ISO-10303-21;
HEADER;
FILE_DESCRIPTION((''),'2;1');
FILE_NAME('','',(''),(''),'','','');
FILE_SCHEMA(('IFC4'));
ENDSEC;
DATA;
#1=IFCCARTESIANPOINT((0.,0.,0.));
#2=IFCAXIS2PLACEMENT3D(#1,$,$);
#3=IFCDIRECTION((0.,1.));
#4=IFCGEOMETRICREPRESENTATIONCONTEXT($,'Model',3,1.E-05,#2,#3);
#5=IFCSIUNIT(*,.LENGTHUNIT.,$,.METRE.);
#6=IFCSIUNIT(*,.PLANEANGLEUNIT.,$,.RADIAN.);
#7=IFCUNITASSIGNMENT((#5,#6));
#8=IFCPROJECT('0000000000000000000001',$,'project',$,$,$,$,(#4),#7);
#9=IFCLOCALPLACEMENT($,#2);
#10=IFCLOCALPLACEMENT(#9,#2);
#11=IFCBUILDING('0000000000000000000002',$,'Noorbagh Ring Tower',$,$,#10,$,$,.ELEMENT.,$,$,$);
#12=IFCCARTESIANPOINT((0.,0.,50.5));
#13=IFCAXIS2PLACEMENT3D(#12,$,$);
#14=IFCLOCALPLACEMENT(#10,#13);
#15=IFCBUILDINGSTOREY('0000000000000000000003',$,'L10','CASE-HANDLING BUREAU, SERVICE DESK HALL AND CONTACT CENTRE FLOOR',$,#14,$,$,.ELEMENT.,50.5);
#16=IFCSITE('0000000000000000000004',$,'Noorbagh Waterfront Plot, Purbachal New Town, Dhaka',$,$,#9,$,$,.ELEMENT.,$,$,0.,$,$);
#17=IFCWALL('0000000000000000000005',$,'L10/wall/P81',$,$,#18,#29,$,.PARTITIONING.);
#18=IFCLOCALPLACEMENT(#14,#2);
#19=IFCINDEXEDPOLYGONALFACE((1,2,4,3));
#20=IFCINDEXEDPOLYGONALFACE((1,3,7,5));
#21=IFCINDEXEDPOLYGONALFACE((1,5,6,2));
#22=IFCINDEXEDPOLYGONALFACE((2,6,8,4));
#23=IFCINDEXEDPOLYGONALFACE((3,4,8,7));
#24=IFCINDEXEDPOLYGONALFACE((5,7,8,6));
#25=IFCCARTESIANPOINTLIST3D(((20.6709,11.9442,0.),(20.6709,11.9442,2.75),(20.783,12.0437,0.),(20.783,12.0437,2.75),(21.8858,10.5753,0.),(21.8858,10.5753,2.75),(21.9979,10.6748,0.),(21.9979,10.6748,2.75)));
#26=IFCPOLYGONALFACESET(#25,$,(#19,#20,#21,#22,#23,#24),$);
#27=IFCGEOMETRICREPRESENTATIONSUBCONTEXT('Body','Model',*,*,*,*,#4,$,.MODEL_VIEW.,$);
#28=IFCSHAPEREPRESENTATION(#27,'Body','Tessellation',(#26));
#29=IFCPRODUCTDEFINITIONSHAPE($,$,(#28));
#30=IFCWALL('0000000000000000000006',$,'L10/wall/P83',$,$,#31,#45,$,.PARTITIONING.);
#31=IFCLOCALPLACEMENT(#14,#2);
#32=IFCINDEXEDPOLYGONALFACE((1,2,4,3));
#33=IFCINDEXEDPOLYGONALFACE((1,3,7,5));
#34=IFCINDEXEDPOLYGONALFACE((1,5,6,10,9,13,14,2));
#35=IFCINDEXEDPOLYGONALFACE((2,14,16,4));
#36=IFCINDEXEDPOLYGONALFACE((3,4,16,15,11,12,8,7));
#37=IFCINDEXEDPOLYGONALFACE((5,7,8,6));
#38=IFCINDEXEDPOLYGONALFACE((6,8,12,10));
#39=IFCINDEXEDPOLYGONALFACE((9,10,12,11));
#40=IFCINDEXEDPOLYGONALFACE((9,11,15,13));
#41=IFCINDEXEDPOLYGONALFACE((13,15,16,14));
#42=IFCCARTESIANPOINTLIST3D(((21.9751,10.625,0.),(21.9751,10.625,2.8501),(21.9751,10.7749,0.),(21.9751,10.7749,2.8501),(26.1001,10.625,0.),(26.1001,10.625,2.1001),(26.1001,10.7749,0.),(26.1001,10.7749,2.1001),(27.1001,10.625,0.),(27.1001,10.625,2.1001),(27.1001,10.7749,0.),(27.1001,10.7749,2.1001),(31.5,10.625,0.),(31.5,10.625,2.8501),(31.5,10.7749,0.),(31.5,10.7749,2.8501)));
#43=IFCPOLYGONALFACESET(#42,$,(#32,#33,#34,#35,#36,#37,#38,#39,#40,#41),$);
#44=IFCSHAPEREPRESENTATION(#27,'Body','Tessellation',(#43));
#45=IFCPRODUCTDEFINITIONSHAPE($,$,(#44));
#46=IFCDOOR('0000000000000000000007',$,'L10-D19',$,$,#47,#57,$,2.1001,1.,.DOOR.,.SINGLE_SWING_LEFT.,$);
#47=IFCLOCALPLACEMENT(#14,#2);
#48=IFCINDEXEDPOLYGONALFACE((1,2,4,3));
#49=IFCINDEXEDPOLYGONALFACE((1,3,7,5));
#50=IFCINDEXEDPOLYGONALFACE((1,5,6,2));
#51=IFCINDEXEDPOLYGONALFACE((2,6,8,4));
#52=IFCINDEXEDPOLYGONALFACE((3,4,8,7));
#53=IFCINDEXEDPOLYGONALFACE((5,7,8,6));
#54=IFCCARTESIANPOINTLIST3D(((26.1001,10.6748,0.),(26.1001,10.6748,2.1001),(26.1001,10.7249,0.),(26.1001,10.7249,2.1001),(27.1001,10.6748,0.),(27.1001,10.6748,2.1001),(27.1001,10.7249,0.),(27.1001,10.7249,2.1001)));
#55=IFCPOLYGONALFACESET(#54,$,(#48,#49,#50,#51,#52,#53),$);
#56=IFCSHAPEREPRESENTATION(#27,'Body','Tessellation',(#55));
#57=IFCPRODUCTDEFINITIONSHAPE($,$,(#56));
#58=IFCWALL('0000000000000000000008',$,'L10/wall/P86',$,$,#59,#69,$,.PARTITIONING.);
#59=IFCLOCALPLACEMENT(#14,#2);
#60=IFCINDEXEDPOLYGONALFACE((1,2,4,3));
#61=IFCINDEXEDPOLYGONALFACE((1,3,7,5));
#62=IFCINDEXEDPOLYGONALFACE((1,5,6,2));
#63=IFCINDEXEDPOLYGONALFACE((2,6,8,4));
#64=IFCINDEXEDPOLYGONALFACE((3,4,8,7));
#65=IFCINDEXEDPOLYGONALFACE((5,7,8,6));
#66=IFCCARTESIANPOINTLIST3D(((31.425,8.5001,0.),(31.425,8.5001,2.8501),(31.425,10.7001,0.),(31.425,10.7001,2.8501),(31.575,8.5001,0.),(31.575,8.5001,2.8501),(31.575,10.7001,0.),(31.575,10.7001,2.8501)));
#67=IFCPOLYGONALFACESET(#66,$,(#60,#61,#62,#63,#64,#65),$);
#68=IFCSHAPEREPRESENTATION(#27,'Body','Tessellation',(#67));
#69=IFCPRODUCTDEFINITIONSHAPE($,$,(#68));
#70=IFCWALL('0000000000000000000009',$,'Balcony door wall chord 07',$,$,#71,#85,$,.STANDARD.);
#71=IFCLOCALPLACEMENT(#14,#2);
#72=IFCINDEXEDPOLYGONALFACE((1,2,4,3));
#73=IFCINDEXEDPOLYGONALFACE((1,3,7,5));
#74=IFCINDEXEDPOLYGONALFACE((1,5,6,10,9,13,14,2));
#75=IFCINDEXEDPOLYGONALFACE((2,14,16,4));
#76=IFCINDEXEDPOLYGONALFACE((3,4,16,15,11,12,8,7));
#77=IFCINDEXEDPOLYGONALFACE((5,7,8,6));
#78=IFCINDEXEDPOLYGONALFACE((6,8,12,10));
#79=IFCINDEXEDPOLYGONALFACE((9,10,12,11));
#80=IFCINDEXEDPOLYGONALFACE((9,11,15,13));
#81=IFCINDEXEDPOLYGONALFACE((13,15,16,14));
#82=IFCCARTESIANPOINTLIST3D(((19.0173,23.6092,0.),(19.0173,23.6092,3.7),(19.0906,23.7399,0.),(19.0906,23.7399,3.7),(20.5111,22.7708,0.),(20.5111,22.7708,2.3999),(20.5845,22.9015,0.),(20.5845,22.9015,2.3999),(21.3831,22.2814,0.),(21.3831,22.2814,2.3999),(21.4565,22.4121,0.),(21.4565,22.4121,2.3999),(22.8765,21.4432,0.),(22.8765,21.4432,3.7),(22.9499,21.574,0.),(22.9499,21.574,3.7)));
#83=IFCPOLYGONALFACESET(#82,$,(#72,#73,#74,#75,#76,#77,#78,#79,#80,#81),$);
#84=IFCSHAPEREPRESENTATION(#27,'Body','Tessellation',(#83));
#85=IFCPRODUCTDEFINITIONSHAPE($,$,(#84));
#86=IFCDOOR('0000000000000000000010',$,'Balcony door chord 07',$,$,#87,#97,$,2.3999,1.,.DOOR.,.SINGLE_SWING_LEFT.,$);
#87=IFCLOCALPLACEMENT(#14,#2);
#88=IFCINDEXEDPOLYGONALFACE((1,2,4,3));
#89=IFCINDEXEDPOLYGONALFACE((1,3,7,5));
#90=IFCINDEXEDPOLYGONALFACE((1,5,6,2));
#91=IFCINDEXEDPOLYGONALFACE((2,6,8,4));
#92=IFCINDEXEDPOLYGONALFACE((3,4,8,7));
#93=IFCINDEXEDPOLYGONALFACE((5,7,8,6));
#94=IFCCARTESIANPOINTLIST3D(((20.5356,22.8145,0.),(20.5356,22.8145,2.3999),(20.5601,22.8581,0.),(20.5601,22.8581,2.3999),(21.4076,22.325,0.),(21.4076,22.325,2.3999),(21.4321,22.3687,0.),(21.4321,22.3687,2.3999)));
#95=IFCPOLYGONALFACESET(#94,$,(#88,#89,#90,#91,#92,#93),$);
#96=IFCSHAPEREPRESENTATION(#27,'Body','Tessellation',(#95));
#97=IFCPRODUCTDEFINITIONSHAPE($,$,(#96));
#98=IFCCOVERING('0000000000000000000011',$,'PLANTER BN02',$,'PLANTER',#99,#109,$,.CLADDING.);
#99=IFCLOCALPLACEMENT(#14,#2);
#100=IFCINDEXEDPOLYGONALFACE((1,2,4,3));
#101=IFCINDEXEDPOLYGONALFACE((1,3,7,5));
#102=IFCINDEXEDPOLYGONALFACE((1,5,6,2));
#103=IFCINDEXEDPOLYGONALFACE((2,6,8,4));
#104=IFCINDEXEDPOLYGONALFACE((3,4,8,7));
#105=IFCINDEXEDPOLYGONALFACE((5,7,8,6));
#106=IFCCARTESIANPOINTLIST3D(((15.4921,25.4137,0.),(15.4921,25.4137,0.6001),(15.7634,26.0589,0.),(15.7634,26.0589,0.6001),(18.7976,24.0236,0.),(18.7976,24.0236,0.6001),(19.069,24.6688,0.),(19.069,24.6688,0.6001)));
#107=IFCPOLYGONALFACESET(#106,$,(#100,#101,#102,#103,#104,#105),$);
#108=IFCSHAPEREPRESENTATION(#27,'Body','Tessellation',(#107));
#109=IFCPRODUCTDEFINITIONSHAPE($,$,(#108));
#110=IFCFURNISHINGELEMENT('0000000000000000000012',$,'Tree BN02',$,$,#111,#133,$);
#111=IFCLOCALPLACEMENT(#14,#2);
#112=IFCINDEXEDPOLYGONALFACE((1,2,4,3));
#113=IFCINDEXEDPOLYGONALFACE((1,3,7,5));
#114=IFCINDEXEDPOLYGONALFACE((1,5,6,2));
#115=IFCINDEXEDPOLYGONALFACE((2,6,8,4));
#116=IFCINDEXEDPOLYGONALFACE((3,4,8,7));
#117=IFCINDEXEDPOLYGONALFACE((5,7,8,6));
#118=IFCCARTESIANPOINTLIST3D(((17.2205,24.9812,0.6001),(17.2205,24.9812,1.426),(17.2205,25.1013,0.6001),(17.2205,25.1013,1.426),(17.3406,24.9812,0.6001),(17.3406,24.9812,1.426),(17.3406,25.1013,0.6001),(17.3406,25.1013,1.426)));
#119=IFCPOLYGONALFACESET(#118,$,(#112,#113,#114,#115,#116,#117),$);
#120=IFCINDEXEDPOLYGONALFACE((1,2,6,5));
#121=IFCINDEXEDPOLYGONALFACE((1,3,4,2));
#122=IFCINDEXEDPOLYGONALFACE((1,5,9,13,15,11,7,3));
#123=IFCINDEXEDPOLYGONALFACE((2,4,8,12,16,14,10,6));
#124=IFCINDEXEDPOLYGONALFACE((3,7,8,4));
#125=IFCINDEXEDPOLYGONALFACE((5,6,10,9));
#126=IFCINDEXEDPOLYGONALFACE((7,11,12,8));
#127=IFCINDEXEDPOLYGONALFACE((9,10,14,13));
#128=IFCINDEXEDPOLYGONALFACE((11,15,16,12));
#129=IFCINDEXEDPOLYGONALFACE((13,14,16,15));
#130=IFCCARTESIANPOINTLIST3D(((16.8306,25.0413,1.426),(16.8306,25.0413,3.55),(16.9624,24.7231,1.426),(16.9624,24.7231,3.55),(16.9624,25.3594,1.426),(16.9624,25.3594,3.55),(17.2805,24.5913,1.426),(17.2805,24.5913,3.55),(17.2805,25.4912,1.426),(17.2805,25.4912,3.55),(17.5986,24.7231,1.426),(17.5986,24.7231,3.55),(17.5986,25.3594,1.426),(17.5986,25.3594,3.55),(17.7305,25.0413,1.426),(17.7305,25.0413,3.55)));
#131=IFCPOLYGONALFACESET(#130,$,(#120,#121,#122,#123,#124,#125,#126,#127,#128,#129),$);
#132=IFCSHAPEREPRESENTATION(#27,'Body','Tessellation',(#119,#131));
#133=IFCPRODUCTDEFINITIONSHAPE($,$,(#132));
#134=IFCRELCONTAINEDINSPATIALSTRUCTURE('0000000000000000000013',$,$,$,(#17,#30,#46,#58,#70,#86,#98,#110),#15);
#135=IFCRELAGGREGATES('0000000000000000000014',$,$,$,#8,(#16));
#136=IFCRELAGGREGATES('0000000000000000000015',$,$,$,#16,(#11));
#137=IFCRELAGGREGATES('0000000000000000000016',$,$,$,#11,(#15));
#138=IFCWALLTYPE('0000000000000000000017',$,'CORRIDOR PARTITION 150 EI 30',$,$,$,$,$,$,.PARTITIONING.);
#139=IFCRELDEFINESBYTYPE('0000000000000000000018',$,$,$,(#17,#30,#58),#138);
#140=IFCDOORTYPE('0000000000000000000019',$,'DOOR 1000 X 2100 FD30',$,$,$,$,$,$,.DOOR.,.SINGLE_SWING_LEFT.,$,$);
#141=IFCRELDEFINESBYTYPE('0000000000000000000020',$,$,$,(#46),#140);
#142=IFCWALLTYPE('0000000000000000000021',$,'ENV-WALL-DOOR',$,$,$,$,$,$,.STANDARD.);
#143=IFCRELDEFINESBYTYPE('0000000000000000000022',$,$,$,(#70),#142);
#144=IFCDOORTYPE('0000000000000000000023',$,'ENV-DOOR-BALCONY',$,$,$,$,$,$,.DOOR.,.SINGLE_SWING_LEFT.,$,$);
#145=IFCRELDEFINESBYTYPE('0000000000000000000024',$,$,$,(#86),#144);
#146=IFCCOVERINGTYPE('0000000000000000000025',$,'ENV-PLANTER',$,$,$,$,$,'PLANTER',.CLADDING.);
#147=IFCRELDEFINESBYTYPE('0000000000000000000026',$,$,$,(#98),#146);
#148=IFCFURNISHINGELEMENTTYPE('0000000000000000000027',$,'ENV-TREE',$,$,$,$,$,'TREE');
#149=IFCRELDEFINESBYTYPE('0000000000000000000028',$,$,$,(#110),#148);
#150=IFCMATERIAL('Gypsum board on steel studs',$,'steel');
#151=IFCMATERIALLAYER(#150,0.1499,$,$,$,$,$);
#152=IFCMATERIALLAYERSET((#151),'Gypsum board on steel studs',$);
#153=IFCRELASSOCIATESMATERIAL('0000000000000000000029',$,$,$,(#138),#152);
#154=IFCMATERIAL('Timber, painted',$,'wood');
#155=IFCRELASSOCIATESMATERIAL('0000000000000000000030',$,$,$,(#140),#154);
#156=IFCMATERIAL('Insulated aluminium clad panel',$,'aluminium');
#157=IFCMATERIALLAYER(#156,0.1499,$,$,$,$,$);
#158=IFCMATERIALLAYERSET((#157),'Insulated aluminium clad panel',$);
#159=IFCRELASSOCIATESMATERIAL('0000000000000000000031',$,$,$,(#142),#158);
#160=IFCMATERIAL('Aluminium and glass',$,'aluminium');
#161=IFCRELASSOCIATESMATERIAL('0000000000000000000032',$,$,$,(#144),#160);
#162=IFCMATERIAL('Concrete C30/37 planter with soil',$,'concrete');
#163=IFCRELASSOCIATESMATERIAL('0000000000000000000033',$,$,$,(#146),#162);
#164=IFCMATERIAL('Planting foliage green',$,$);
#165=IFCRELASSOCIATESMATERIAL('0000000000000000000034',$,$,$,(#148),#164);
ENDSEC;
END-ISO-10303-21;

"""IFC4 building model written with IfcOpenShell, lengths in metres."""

from ifc_helpers import new_model, si_unit, direction, frame, frame_2d, origin, origin_2d, place, context, subcontext, project, spatial, polyline, rectangle, outline, extrude, material, layer, layer_set, type_object, element, fill, save


model = new_model("IFC4")

# Units and contexts
model_context = context("Model", 3, precision=1e-05, world=origin(), true_north=direction((0.0, 1.0)))
body_context = subcontext(model_context, "Body", "Model", "MODEL_VIEW")
ifc_project = project(units=[si_unit("LENGTHUNIT", "METRE"), si_unit("PLANEANGLEUNIT", "RADIAN")], contexts=[model_context])

# Site, building, storey
site_placement = place(None, origin())
site = spatial("IfcSite", under=ifc_project, at=site_placement, Name="Noorbagh Waterfront Plot, Purbachal New Town, Dhaka", CompositionType="ELEMENT", RefElevation=0.0)
building_placement = place(site_placement, origin())
building = spatial("IfcBuilding", under=site, at=building_placement, Name="Noorbagh Ring Tower", CompositionType="ELEMENT")
storey_placement = place(building_placement, frame((0.0, 0.0, 50.5)))
storey = spatial("IfcBuildingStorey", under=building, at=storey_placement, Name="L10", Description="CASE-HANDLING BUREAU, SERVICE DESK HALL AND CONTACT CENTRE FLOOR", CompositionType="ELEMENT", Elevation=50.5)

# Wall
ifc_material_1 = material(Name="Gypsum board on steel studs", Category="steel")
ifc_layer_1 = layer(ifc_material_1, 0.1499)
ifc_layer_set_1 = layer_set([ifc_layer_1], Name="Gypsum board on steel studs")
wall_type_1 = type_object("IfcWallType", Name="CORRIDOR PARTITION 150 EI 30", PredefinedType="PARTITIONING", material=ifc_layer_set_1)
wall_1_placement = place(storey_placement, frame((20.7271, 11.9939, 0.0), z_axis=(0.0, 0.0, 1.0), x_axis=(0.663767, -0.747939, 0.0)))
element("IfcWall", 1, at=wall_1_placement, inside=storey, type_object=wall_type_1, Name="L10/wall/P81", PredefinedType="PARTITIONING", context=body_context, shape_type="SweptSolid", body=[
    extrude(rectangle(XDim=1.8303, YDim=0.1499, at=frame_2d((0.915, 0.0))), origin(), (0.0, 0.0, 1.0), 2.75),
])

# Wall, opening, door
wall_2_placement = place(storey_placement, frame((21.9751, 10.7, 0.0), z_axis=(0.0, 0.0, 1.0), x_axis=(1.0, 0.0, 0.0)))
wall_2 = element("IfcWall", 2, at=wall_2_placement, inside=storey, type_object=wall_type_1, Name="L10/wall/P83", PredefinedType="PARTITIONING", context=body_context, shape_type="SweptSolid", body=[
    extrude(rectangle(XDim=9.5249, YDim=0.1499, at=frame_2d((4.7625, 0.0))), origin(), (0.0, 0.0, 1.0), 2.8501),
])
opening_1_placement = place(wall_2_placement, frame((4.125, 0.0, 0.0)))
opening_1 = element("IfcOpeningElement", 3, at=opening_1_placement, cuts=wall_2, PredefinedType="OPENING", context=body_context, shape_type="SweptSolid", body=[
    extrude(rectangle(XDim=1.0, YDim=2.1001, at=frame_2d((0.5, 1.05))), frame((0.0, 0.085, 0.0), z_axis=(0.0, -1.0, 0.0), x_axis=(1.0, 0.0, 0.0)), (0.0, 0.0, 1.0), 0.1699),
])
ifc_material_2 = material(Name="Timber, painted", Category="wood")
door_type_1 = type_object("IfcDoorType", Name="DOOR 1000 X 2100 FD30", OperationType="SINGLE_SWING_LEFT", PredefinedType="DOOR", material=ifc_material_2)
door_1_placement = place(opening_1_placement, origin())
door_1 = element("IfcDoor", 4, at=door_1_placement, inside=storey, type_object=door_type_1, Name="L10-D19", OperationType="SINGLE_SWING_LEFT", OverallHeight=2.1001, OverallWidth=1.0, PredefinedType="DOOR", context=body_context, shape_type="SweptSolid", body=[
    extrude(rectangle(XDim=1.0, YDim=2.1001, at=frame_2d((0.5, 1.05))), frame((0.0, 0.0249, 0.0), z_axis=(0.0, -1.0, 0.0), x_axis=(1.0, 0.0, 0.0)), (0.0, 0.0, 1.0), 0.05),
])
fill(opening_1, door_1)

# Wall
wall_3_placement = place(storey_placement, frame((31.5, 8.5, 0.0), z_axis=(0.0, 0.0, 1.0), x_axis=(0.0, 1.0, 0.0)))
element("IfcWall", 5, at=wall_3_placement, inside=storey, type_object=wall_type_1, Name="L10/wall/P86", PredefinedType="PARTITIONING", context=body_context, shape_type="SweptSolid", body=[
    extrude(rectangle(XDim=2.2, YDim=0.1499, at=frame_2d((1.1001, 0.0))), origin(), (0.0, 0.0, 1.0), 2.8501),
])

# Wall, opening, door
ifc_material_3 = material(Name="Insulated aluminium clad panel", Category="aluminium")
ifc_layer_2 = layer(ifc_material_3, 0.1499)
ifc_layer_set_2 = layer_set([ifc_layer_2], Name="Insulated aluminium clad panel")
wall_type_2 = type_object("IfcWallType", Name="ENV-WALL-DOOR", PredefinedType="STANDARD", material=ifc_layer_set_2)
wall_4_placement = place(storey_placement, frame((22.9133, 21.5085, 0.0), z_axis=(0.0, 0.0, 1.0), x_axis=(-0.872047, 0.489423, 0.0)))
wall_4 = element("IfcWall", 6, at=wall_4_placement, inside=storey, type_object=wall_type_2, Name="Balcony door wall chord 07", PredefinedType="STANDARD", context=body_context, shape_type="SweptSolid", body=[
    extrude(rectangle(XDim=4.4255, YDim=0.1499, at=frame_2d((2.2129, 0.0))), origin(), (0.0, 0.0, 1.0), 3.7),
])
opening_2_placement = place(wall_4_placement, frame((1.7126, 0.0, 0.0)))
opening_2 = element("IfcOpeningElement", 7, at=opening_2_placement, cuts=wall_4, PredefinedType="OPENING", context=body_context, shape_type="SweptSolid", body=[
    extrude(rectangle(XDim=1.0, YDim=2.3999, at=frame_2d((0.5, 1.2))), frame((0.0, 0.085, 0.0), z_axis=(0.0, -1.0, 0.0), x_axis=(1.0, 0.0, 0.0)), (0.0, 0.0, 1.0), 0.1699),
])
ifc_material_4 = material(Name="Aluminium and glass", Category="aluminium")
door_type_2 = type_object("IfcDoorType", Name="ENV-DOOR-BALCONY", OperationType="SINGLE_SWING_LEFT", PredefinedType="DOOR", material=ifc_material_4)
door_2_placement = place(opening_2_placement, origin())
door_2 = element("IfcDoor", 8, at=door_2_placement, inside=storey, type_object=door_type_2, Name="Balcony door chord 07", OperationType="SINGLE_SWING_LEFT", OverallHeight=2.3999, OverallWidth=1.0, PredefinedType="DOOR", context=body_context, shape_type="SweptSolid", body=[
    extrude(rectangle(XDim=1.0, YDim=2.3999, at=frame_2d((0.5, 1.2))), frame((0.0, 0.0249, 0.0), z_axis=(0.0, -1.0, 0.0), x_axis=(1.0, 0.0, 0.0)), (0.0, 0.0, 1.0), 0.05),
])
fill(opening_2, door_2)

# Covering
ifc_material_5 = material(Name="Concrete C30/37 planter with soil", Category="concrete")
covering_type = type_object("IfcCoveringType", Name="ENV-PLANTER", ElementType="PLANTER", PredefinedType="CLADDING", material=ifc_material_5)
covering_placement = place(storey_placement, frame((17.2805, 25.0413, 0.0), z_axis=(0.0, 0.0, 1.0), x_axis=(-0.921812, 0.387638, 0.0)))
element("IfcCovering", 9, at=covering_placement, inside=storey, type_object=covering_type, Name="PLANTER BN02", ObjectType="PLANTER", PredefinedType="CLADDING", context=body_context, shape_type="SweptSolid", body=[
    extrude(rectangle(XDim=3.5859, YDim=0.7, at=origin_2d()), origin(), (0.0, 0.0, 1.0), 0.6001),
])

# Furnishing element
ifc_material_6 = material(Name="Planting foliage green")
furnishing_element_type = type_object("IfcFurnishingElementType", Name="ENV-TREE", ElementType="TREE", material=ifc_material_6)
furnishing_placement = place(storey_placement, frame((17.2805, 25.0413, 0.6001), z_axis=(0.0, 0.0, 1.0), x_axis=(1.0, 0.0, 0.0)))
element("IfcFurnishingElement", 10, at=furnishing_placement, inside=storey, type_object=furnishing_element_type, Name="Tree BN02", context=body_context, shape_type="SweptSolid", body=[
    extrude(rectangle(XDim=0.1201, YDim=0.1201, at=origin_2d()), origin(), (0.0, 0.0, 1.0), 0.8259),
    extrude(outline(polyline([(0.45, 0.0), (0.3181, 0.3181), (0.0, 0.45), (-0.3181, 0.3181), (-0.45, 0.0), (-0.3181, -0.3181), (0.0, -0.45), (0.3181, -0.3181), (0.45, 0.0)])), frame((0.0, 0.0, 0.8259)), (0.0, 0.0, 1.0), 2.124),
])

save(model, "model.ifc")
